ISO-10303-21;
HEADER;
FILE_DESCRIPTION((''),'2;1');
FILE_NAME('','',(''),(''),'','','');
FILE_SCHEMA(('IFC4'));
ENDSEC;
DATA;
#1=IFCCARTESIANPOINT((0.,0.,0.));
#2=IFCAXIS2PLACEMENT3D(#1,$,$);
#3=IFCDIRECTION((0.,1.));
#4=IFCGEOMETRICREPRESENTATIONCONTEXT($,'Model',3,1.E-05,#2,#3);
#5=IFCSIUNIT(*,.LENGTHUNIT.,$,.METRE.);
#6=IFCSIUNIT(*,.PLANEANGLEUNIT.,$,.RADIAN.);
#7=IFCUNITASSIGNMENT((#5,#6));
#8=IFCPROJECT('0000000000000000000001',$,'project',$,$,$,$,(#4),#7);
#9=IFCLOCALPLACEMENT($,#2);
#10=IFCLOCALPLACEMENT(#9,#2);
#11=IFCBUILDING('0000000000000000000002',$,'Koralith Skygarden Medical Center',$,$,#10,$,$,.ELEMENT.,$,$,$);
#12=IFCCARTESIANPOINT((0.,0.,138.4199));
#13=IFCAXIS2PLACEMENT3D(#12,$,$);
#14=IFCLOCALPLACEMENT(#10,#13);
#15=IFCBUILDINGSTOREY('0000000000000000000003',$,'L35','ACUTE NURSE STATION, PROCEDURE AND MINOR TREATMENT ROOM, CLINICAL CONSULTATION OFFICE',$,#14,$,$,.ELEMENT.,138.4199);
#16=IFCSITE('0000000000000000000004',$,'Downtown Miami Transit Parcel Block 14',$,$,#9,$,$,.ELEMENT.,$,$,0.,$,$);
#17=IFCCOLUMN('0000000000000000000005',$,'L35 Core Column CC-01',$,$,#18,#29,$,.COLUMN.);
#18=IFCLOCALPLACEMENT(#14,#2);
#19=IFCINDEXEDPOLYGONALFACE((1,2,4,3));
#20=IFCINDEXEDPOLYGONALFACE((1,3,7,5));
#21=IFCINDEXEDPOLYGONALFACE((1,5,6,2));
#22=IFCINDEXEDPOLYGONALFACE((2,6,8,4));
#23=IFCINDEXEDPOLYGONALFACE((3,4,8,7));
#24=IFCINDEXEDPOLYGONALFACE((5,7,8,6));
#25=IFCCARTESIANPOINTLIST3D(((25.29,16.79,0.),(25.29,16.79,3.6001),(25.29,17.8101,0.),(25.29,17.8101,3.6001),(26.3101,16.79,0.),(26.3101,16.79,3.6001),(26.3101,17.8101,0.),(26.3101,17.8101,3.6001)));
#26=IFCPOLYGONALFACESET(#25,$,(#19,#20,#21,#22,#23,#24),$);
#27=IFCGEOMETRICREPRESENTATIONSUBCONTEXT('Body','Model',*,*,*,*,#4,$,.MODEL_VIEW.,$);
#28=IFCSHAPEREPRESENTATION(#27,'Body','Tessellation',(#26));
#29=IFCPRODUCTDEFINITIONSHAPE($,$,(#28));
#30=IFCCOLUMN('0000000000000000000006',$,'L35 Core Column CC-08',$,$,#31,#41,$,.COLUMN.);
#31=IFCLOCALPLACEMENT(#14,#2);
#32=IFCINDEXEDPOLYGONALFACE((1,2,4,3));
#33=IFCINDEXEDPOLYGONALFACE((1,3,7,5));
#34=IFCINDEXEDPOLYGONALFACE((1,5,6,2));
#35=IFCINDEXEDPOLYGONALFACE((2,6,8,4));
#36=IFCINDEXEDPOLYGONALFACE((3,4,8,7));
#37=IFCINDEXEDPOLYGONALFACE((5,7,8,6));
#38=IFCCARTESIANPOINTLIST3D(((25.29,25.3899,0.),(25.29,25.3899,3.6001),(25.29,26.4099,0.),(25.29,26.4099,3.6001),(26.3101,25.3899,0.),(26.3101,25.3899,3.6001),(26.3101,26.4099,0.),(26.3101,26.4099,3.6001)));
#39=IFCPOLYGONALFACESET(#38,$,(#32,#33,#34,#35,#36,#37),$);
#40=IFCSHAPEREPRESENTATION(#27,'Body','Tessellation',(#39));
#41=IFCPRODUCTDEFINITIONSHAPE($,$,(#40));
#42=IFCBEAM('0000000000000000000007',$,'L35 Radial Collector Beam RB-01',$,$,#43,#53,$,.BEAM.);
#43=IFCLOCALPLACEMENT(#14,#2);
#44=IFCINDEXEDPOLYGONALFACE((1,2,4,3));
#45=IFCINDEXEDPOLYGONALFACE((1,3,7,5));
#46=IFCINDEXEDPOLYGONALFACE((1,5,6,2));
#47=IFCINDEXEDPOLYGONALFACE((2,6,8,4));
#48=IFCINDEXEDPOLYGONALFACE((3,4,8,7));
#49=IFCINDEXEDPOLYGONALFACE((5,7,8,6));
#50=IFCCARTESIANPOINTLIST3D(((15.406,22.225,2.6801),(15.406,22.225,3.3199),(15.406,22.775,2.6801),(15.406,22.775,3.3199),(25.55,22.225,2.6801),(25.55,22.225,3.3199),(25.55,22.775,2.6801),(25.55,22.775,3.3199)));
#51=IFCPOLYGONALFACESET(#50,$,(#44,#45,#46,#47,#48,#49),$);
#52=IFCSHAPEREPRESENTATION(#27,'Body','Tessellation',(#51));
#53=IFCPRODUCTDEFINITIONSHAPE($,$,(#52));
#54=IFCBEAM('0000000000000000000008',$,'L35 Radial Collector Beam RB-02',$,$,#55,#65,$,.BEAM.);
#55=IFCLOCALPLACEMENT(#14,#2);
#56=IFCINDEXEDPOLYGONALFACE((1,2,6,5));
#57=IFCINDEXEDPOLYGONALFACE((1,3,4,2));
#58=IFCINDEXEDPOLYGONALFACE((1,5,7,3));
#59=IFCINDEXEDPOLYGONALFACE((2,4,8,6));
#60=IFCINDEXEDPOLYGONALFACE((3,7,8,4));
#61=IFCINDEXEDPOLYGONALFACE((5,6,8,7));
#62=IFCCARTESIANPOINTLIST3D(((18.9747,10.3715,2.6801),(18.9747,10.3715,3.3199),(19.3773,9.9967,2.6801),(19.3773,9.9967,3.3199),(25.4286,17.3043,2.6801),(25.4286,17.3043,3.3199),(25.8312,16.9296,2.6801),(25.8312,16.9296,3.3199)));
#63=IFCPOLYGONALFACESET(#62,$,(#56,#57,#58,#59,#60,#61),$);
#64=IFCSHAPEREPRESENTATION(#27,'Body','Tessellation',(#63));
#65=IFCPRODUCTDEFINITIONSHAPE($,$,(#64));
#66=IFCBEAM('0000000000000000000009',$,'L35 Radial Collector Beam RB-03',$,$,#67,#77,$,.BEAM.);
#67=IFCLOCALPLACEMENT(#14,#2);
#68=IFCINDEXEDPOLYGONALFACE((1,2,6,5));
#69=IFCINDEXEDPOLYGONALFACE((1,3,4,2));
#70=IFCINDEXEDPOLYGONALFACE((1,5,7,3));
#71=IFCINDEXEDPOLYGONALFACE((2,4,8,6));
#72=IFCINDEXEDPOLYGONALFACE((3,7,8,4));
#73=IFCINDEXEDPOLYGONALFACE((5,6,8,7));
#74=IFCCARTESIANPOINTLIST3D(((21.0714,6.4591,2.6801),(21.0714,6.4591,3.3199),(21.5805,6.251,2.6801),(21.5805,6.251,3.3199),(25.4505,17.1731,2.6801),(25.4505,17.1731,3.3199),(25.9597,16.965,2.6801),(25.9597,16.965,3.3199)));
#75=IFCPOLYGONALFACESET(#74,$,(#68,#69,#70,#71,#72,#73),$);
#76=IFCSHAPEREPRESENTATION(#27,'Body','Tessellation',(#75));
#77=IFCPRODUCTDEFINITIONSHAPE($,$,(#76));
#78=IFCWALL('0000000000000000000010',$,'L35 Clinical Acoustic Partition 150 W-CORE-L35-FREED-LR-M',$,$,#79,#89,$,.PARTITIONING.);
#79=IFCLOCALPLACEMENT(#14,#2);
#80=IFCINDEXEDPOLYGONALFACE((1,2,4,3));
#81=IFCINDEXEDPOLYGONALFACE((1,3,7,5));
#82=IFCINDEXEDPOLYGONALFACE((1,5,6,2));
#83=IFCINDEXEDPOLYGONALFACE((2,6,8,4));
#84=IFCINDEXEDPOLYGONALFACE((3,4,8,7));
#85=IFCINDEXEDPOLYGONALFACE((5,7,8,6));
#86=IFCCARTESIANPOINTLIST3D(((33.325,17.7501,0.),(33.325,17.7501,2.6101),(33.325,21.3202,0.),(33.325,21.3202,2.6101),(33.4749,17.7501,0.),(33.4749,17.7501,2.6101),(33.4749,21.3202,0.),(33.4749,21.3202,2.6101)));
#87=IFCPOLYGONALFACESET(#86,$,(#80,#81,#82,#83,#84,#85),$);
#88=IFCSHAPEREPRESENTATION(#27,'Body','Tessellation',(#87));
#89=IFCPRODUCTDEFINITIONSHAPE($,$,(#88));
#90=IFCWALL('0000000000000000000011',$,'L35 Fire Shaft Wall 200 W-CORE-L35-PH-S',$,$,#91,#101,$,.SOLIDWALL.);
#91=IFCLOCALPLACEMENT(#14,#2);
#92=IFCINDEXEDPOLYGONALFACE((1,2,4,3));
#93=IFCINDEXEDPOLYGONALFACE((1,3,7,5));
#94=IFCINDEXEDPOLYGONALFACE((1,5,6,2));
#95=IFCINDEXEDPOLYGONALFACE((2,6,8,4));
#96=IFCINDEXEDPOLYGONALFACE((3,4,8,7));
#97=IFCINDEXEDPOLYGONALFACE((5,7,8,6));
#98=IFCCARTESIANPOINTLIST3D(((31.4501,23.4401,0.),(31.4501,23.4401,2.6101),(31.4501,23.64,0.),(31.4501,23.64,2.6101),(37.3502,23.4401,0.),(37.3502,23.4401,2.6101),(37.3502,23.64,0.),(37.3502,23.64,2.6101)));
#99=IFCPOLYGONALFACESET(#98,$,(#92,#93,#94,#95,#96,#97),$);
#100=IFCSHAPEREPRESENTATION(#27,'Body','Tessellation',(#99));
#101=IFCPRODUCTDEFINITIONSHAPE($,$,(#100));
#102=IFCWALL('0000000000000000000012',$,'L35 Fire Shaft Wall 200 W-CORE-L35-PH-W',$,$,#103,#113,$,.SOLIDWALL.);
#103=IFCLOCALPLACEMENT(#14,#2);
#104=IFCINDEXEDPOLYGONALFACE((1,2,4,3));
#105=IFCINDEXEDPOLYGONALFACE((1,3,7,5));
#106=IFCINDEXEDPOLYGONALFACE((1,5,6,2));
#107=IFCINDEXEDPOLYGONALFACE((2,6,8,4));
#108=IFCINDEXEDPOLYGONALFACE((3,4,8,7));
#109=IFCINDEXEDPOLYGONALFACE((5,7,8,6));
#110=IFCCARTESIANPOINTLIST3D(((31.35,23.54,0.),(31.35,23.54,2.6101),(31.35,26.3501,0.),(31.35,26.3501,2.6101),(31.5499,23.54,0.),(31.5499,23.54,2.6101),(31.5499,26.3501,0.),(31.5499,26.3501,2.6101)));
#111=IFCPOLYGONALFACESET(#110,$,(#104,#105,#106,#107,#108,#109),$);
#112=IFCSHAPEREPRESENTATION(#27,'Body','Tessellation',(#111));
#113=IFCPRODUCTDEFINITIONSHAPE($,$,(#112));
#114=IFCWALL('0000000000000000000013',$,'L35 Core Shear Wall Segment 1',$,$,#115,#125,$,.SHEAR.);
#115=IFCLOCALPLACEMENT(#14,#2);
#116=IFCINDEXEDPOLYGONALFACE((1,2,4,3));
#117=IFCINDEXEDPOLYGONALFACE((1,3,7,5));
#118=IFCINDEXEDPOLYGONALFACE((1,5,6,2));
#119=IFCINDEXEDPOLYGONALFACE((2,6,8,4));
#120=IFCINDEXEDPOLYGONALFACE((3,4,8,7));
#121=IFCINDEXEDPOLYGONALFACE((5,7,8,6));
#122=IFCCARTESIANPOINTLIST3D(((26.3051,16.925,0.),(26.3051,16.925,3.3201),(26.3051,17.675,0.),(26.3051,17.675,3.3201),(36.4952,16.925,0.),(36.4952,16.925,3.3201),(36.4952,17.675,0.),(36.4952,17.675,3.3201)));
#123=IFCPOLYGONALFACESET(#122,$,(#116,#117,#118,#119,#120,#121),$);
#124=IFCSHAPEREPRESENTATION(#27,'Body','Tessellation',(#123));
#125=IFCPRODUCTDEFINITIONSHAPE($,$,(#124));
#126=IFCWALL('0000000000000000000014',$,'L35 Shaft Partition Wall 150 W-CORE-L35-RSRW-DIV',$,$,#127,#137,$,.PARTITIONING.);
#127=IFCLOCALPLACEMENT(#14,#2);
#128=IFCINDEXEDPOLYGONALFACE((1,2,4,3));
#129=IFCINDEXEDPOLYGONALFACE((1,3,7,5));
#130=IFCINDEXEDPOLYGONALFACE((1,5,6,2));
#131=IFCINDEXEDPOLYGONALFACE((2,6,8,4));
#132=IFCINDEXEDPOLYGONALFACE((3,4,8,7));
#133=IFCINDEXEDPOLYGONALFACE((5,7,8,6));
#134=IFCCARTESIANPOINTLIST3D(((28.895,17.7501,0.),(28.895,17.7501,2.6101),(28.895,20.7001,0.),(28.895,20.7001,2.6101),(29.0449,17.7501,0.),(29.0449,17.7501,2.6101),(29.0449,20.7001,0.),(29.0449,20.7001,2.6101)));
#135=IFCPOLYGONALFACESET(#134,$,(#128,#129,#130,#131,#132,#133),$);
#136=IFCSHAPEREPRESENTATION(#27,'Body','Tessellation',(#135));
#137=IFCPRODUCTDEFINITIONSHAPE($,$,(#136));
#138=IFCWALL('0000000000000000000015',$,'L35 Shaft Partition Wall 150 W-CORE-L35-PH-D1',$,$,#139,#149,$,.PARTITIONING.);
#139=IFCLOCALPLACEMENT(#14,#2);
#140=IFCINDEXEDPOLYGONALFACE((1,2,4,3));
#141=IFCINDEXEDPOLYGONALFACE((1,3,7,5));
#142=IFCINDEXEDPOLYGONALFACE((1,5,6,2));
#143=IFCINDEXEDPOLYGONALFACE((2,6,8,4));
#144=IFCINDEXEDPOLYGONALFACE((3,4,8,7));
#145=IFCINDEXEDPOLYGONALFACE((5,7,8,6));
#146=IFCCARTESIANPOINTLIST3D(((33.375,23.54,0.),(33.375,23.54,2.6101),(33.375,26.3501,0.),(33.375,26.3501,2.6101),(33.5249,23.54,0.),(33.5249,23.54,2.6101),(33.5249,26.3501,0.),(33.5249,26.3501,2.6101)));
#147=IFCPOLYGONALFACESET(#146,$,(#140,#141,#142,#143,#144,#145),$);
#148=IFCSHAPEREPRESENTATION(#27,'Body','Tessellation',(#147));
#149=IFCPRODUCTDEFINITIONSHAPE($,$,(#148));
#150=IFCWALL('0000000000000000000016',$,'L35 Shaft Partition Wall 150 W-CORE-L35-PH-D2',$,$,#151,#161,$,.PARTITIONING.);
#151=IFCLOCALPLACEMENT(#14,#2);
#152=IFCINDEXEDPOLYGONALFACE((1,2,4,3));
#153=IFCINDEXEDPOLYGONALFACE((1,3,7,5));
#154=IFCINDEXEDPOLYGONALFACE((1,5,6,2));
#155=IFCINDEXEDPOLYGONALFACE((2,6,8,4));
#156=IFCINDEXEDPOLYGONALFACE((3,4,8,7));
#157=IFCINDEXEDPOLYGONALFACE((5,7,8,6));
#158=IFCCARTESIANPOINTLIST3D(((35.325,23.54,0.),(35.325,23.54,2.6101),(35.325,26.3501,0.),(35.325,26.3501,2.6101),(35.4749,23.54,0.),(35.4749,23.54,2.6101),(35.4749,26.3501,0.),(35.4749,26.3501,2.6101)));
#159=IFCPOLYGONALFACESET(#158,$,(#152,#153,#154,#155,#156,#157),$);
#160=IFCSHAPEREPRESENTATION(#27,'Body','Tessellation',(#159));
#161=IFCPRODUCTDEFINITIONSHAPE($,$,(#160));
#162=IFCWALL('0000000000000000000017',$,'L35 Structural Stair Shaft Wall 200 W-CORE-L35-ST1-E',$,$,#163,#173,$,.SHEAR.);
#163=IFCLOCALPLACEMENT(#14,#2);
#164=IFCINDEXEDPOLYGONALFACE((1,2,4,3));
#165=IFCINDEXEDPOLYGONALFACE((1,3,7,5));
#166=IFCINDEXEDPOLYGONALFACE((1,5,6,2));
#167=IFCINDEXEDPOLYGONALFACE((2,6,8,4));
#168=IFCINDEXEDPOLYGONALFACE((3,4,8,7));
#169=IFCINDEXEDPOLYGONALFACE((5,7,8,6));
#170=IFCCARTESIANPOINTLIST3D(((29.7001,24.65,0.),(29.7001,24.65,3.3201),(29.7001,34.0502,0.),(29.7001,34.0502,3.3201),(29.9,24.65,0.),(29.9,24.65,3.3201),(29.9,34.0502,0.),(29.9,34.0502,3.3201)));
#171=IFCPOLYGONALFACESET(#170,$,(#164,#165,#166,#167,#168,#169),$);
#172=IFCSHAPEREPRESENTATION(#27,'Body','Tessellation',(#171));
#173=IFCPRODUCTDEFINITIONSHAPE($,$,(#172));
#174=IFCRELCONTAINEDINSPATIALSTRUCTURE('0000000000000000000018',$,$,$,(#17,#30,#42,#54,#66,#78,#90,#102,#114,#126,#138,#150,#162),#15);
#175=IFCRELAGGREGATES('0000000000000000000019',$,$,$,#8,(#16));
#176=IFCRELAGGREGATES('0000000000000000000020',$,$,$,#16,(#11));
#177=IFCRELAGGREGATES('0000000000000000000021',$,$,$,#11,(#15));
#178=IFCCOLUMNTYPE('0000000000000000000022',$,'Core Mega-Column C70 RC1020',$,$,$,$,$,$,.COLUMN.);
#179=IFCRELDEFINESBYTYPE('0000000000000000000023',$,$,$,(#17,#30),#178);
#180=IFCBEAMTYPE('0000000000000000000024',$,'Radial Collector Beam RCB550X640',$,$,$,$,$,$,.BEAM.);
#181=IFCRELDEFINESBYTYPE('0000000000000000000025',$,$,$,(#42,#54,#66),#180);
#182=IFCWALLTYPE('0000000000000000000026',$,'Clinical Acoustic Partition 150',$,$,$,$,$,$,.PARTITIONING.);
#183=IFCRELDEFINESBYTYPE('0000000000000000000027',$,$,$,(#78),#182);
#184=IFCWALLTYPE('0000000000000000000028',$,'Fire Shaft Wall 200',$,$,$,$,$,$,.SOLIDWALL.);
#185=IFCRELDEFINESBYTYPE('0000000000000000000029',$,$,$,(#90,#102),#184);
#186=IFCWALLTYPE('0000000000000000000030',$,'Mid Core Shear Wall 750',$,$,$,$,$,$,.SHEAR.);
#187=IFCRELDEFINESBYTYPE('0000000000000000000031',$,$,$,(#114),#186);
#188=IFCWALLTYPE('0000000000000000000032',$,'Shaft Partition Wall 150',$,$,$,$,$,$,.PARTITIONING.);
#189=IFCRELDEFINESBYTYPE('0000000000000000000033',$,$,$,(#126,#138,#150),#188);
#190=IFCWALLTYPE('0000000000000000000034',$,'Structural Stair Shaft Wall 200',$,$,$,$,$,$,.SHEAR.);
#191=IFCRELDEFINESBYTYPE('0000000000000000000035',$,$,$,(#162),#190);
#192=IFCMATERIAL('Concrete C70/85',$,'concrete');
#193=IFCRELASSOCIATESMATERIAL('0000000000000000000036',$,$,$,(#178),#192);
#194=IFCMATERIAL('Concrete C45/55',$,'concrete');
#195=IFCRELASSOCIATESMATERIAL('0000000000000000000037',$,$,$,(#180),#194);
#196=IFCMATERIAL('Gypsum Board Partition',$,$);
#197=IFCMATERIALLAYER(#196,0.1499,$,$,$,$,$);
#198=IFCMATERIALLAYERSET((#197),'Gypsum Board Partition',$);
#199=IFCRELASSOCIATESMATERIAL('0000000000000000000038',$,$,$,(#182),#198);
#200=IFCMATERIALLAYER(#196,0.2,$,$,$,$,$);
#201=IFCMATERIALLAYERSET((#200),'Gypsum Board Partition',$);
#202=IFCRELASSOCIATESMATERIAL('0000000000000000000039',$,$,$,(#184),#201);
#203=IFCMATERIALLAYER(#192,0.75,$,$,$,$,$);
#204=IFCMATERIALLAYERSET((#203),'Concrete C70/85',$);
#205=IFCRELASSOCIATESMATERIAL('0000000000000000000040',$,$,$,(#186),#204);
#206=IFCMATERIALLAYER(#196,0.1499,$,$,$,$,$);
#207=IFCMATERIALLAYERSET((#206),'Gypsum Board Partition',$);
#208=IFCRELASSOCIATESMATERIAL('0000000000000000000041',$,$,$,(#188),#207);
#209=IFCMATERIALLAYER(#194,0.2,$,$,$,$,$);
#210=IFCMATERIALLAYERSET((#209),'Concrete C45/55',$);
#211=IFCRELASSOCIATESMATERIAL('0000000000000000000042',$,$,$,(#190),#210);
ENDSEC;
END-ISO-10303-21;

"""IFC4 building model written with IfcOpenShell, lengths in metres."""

from ifc_helpers import new_model, si_unit, direction, frame, frame_2d, origin, origin_2d, place, context, subcontext, project, spatial, rectangle, extrude, material, layer, layer_set, material_profile, profile_set, type_object, element, save


model = new_model("IFC4")

# Units and contexts
model_context = context("Model", 3, precision=1e-05, world=origin(), true_north=direction((0.0, 1.0)))
body_context = subcontext(model_context, "Body", "Model", "MODEL_VIEW")
ifc_project = project(units=[si_unit("LENGTHUNIT", "METRE"), si_unit("PLANEANGLEUNIT", "RADIAN")], contexts=[model_context])

# Site, building, storey
site_placement = place(None, origin())
site = spatial("IfcSite", under=ifc_project, at=site_placement, Name="Downtown Miami Transit Parcel Block 14", CompositionType="ELEMENT", RefElevation=0.0)
building_placement = place(site_placement, origin())
building = spatial("IfcBuilding", under=site, at=building_placement, Name="Koralith Skygarden Medical Center", CompositionType="ELEMENT")
storey_placement = place(building_placement, frame((0.0, 0.0, 138.4199)))
storey = spatial("IfcBuildingStorey", under=building, at=storey_placement, Name="L35", Description="ACUTE NURSE STATION, PROCEDURE AND MINOR TREATMENT ROOM, CLINICAL CONSULTATION OFFICE", CompositionType="ELEMENT", Elevation=138.4199)

# Columns
ifc_material_1 = material(Name="Concrete C70/85", Category="concrete")
ifc_material_profile_1 = material_profile(ifc_material_1, rectangle(XDim=1.02, YDim=1.02, at=origin_2d()), Name="RC1020X1020")
ifc_profile_set_1 = profile_set([ifc_material_profile_1], Name="Concrete C70/85")
column_type = type_object("IfcColumnType", Name="Core Mega-Column C70 RC1020", PredefinedType="COLUMN", material=ifc_profile_set_1)
for number, where, z_axis, x_axis, name in (
    (1, (25.8, 17.3, 0.0), (0.0, 0.0, 1.0), (1.0, 0.0, 0.0), "L35 Core Column CC-01"),
    (2, (25.8, 25.8999, 0.0), (0.0, 0.0, 1.0), (1.0, 0.0, 0.0), "L35 Core Column CC-08"),
):
    element("IfcColumn", number, at=place(storey_placement, frame(where, z_axis=z_axis, x_axis=x_axis)), inside=storey, type_object=column_type, Name=name, PredefinedType="COLUMN", context=body_context, shape_type="SweptSolid", body=[
        extrude(rectangle(XDim=1.02, YDim=1.02, at=origin_2d()), origin(), (0.0, 0.0, 1.0), 3.6001),
    ])

# Beams
ifc_material_2 = material(Name="Concrete C45/55", Category="concrete")
ifc_material_profile_2 = material_profile(ifc_material_2, rectangle(XDim=0.55, YDim=0.6399, at=origin_2d()), Name="RCB550X640")
ifc_profile_set_2 = profile_set([ifc_material_profile_2], Name="Concrete C45/55")
beam_type = type_object("IfcBeamType", Name="Radial Collector Beam RCB550X640", PredefinedType="BEAM", material=ifc_profile_set_2)
beam_1_placement = place(storey_placement, frame((25.55, 22.5, 3.0), z_axis=(-1.0, 0.0, 0.0), x_axis=(0.0, -1.0, 0.0)))
element("IfcBeam", 3, at=beam_1_placement, inside=storey, type_object=beam_type, Name="L35 Radial Collector Beam RB-01", PredefinedType="BEAM", context=body_context, shape_type="SweptSolid", body=[
    extrude(rectangle(XDim=0.55, YDim=0.6399, at=origin_2d()), origin(), (0.0, 0.0, 1.0), 10.144),
])
beam_2_placement = place(storey_placement, frame((25.6299, 17.1169, 3.0), z_axis=(-0.681369, -0.73194, 0.0), x_axis=(0.73194, -0.681369, 0.0)))
element("IfcBeam", 4, at=beam_2_placement, inside=storey, type_object=beam_type, Name="L35 Radial Collector Beam RB-02", PredefinedType="BEAM", context=body_context, shape_type="SweptSolid", body=[
    extrude(rectangle(XDim=0.55, YDim=0.6399, at=origin_2d()), origin(), (0.0, 0.0, 1.0), 9.4719),
])
beam_3_placement = place(storey_placement, frame((25.7051, 17.0691, 3.0), z_axis=(-0.378345, -0.925665, 0.0), x_axis=(0.925665, -0.378345, 0.0)))
element("IfcBeam", 5, at=beam_3_placement, inside=storey, type_object=beam_type, Name="L35 Radial Collector Beam RB-03", PredefinedType="BEAM", context=body_context, shape_type="SweptSolid", body=[
    extrude(rectangle(XDim=0.55, YDim=0.6399, at=origin_2d()), origin(), (0.0, 0.0, 1.0), 11.5745),
])

# Shared definitions
ifc_material_3 = material(Name="Gypsum Board Partition")
ifc_layer_1 = layer(ifc_material_3, 0.1499)
ifc_layer_set_1 = layer_set([ifc_layer_1], Name="Gypsum Board Partition")
wall_type_1 = type_object("IfcWallType", Name="Clinical Acoustic Partition 150", PredefinedType="PARTITIONING", material=ifc_layer_set_1)

# Wall
wall_1_placement = place(storey_placement, frame((33.3999, 17.75, 0.0), z_axis=(0.0, 0.0, 1.0), x_axis=(0.0, 1.0, 0.0)))
element("IfcWall", 6, at=wall_1_placement, inside=storey, type_object=wall_type_1, Name="L35 Clinical Acoustic Partition 150 W-CORE-L35-FREED-LR-M", PredefinedType="PARTITIONING", context=body_context, shape_type="SweptSolid", body=[
    extrude(rectangle(XDim=3.5701, YDim=0.1499, at=frame_2d((1.7852, 0.0))), origin(), (0.0, 0.0, 1.0), 2.6101),
])

# Shared definitions
ifc_layer_2 = layer(ifc_material_3, 0.2)
ifc_layer_set_2 = layer_set([ifc_layer_2], Name="Gypsum Board Partition")
wall_type_2 = type_object("IfcWallType", Name="Fire Shaft Wall 200", PredefinedType="SOLIDWALL", material=ifc_layer_set_2)

# Walls
wall_2_placement = place(storey_placement, frame((31.45, 23.54, 0.0), z_axis=(0.0, 0.0, 1.0), x_axis=(1.0, 0.0, 0.0)))
element("IfcWall", 7, at=wall_2_placement, inside=storey, type_object=wall_type_2, Name="L35 Fire Shaft Wall 200 W-CORE-L35-PH-S", PredefinedType="SOLIDWALL", context=body_context, shape_type="SweptSolid", body=[
    extrude(rectangle(XDim=5.9001, YDim=0.2, at=frame_2d((2.9502, 0.0))), origin(), (0.0, 0.0, 1.0), 2.6101),
])
wall_3_placement = place(storey_placement, frame((31.45, 23.54, 0.0), z_axis=(0.0, 0.0, 1.0), x_axis=(0.0, 1.0, 0.0)))
element("IfcWall", 8, at=wall_3_placement, inside=storey, type_object=wall_type_2, Name="L35 Fire Shaft Wall 200 W-CORE-L35-PH-W", PredefinedType="SOLIDWALL", context=body_context, shape_type="SweptSolid", body=[
    extrude(rectangle(XDim=2.8101, YDim=0.2, at=frame_2d((1.405, 0.0))), origin(), (0.0, 0.0, 1.0), 2.6101),
])
ifc_layer_3 = layer(ifc_material_1, 0.75)
ifc_layer_set_3 = layer_set([ifc_layer_3], Name="Concrete C70/85")
wall_type_3 = type_object("IfcWallType", Name="Mid Core Shear Wall 750", PredefinedType="SHEAR", material=ifc_layer_set_3)
wall_4_placement = place(storey_placement, frame((26.3049, 17.3, 0.0), z_axis=(0.0, 0.0, 1.0), x_axis=(1.0, 0.0, 0.0)))
element("IfcWall", 9, at=wall_4_placement, inside=storey, type_object=wall_type_3, Name="L35 Core Shear Wall Segment 1", PredefinedType="SHEAR", context=body_context, shape_type="SweptSolid", body=[
    extrude(rectangle(XDim=10.1902, YDim=0.75, at=frame_2d((5.0952, 0.0))), origin(), (0.0, 0.0, 1.0), 3.3201),
])

# Walls
ifc_layer_4 = layer(ifc_material_3, 0.1499)
ifc_layer_set_4 = layer_set([ifc_layer_4], Name="Gypsum Board Partition")
wall_type_4 = type_object("IfcWallType", Name="Shaft Partition Wall 150", PredefinedType="PARTITIONING", material=ifc_layer_set_4)
wall_5_placement = place(storey_placement, frame((28.97, 17.75, 0.0), z_axis=(0.0, 0.0, 1.0), x_axis=(0.0, 1.0, 0.0)))
element("IfcWall", 10, at=wall_5_placement, inside=storey, type_object=wall_type_4, Name="L35 Shaft Partition Wall 150 W-CORE-L35-RSRW-DIV", PredefinedType="PARTITIONING", context=body_context, shape_type="SweptSolid", body=[
    extrude(rectangle(XDim=2.95, YDim=0.1499, at=frame_2d((1.4751, 0.0))), origin(), (0.0, 0.0, 1.0), 2.6101),
])
for number, where, z_axis, x_axis, name in (
    (11, (33.45, 23.54, 0.0), (0.0, 0.0, 1.0), (0.0, 1.0, 0.0), "L35 Shaft Partition Wall 150 W-CORE-L35-PH-D1"),
    (12, (35.3999, 23.54, 0.0), (0.0, 0.0, 1.0), (0.0, 1.0, 0.0), "L35 Shaft Partition Wall 150 W-CORE-L35-PH-D2"),
):
    element("IfcWall", number, at=place(storey_placement, frame(where, z_axis=z_axis, x_axis=x_axis)), inside=storey, type_object=wall_type_4, Name=name, PredefinedType="PARTITIONING", context=body_context, shape_type="SweptSolid", body=[
        extrude(rectangle(XDim=2.8101, YDim=0.1499, at=frame_2d((1.405, 0.0))), origin(), (0.0, 0.0, 1.0), 2.6101),
    ])
ifc_layer_5 = layer(ifc_material_2, 0.2)
ifc_layer_set_5 = layer_set([ifc_layer_5], Name="Concrete C45/55")
wall_type_5 = type_object("IfcWallType", Name="Structural Stair Shaft Wall 200", PredefinedType="SHEAR", material=ifc_layer_set_5)
wall_6_placement = place(storey_placement, frame((29.8, 24.6499, 0.0), z_axis=(0.0, 0.0, 1.0), x_axis=(0.0, 1.0, 0.0)))
element("IfcWall", 13, at=wall_6_placement, inside=storey, type_object=wall_type_5, Name="L35 Structural Stair Shaft Wall 200 W-CORE-L35-ST1-E", PredefinedType="SHEAR", context=body_context, shape_type="SweptSolid", body=[
    extrude(rectangle(XDim=9.4001, YDim=0.2, at=frame_2d((4.7002, 0.0))), origin(), (0.0, 0.0, 1.0), 3.3201),
])

save(model, "model.ifc")
